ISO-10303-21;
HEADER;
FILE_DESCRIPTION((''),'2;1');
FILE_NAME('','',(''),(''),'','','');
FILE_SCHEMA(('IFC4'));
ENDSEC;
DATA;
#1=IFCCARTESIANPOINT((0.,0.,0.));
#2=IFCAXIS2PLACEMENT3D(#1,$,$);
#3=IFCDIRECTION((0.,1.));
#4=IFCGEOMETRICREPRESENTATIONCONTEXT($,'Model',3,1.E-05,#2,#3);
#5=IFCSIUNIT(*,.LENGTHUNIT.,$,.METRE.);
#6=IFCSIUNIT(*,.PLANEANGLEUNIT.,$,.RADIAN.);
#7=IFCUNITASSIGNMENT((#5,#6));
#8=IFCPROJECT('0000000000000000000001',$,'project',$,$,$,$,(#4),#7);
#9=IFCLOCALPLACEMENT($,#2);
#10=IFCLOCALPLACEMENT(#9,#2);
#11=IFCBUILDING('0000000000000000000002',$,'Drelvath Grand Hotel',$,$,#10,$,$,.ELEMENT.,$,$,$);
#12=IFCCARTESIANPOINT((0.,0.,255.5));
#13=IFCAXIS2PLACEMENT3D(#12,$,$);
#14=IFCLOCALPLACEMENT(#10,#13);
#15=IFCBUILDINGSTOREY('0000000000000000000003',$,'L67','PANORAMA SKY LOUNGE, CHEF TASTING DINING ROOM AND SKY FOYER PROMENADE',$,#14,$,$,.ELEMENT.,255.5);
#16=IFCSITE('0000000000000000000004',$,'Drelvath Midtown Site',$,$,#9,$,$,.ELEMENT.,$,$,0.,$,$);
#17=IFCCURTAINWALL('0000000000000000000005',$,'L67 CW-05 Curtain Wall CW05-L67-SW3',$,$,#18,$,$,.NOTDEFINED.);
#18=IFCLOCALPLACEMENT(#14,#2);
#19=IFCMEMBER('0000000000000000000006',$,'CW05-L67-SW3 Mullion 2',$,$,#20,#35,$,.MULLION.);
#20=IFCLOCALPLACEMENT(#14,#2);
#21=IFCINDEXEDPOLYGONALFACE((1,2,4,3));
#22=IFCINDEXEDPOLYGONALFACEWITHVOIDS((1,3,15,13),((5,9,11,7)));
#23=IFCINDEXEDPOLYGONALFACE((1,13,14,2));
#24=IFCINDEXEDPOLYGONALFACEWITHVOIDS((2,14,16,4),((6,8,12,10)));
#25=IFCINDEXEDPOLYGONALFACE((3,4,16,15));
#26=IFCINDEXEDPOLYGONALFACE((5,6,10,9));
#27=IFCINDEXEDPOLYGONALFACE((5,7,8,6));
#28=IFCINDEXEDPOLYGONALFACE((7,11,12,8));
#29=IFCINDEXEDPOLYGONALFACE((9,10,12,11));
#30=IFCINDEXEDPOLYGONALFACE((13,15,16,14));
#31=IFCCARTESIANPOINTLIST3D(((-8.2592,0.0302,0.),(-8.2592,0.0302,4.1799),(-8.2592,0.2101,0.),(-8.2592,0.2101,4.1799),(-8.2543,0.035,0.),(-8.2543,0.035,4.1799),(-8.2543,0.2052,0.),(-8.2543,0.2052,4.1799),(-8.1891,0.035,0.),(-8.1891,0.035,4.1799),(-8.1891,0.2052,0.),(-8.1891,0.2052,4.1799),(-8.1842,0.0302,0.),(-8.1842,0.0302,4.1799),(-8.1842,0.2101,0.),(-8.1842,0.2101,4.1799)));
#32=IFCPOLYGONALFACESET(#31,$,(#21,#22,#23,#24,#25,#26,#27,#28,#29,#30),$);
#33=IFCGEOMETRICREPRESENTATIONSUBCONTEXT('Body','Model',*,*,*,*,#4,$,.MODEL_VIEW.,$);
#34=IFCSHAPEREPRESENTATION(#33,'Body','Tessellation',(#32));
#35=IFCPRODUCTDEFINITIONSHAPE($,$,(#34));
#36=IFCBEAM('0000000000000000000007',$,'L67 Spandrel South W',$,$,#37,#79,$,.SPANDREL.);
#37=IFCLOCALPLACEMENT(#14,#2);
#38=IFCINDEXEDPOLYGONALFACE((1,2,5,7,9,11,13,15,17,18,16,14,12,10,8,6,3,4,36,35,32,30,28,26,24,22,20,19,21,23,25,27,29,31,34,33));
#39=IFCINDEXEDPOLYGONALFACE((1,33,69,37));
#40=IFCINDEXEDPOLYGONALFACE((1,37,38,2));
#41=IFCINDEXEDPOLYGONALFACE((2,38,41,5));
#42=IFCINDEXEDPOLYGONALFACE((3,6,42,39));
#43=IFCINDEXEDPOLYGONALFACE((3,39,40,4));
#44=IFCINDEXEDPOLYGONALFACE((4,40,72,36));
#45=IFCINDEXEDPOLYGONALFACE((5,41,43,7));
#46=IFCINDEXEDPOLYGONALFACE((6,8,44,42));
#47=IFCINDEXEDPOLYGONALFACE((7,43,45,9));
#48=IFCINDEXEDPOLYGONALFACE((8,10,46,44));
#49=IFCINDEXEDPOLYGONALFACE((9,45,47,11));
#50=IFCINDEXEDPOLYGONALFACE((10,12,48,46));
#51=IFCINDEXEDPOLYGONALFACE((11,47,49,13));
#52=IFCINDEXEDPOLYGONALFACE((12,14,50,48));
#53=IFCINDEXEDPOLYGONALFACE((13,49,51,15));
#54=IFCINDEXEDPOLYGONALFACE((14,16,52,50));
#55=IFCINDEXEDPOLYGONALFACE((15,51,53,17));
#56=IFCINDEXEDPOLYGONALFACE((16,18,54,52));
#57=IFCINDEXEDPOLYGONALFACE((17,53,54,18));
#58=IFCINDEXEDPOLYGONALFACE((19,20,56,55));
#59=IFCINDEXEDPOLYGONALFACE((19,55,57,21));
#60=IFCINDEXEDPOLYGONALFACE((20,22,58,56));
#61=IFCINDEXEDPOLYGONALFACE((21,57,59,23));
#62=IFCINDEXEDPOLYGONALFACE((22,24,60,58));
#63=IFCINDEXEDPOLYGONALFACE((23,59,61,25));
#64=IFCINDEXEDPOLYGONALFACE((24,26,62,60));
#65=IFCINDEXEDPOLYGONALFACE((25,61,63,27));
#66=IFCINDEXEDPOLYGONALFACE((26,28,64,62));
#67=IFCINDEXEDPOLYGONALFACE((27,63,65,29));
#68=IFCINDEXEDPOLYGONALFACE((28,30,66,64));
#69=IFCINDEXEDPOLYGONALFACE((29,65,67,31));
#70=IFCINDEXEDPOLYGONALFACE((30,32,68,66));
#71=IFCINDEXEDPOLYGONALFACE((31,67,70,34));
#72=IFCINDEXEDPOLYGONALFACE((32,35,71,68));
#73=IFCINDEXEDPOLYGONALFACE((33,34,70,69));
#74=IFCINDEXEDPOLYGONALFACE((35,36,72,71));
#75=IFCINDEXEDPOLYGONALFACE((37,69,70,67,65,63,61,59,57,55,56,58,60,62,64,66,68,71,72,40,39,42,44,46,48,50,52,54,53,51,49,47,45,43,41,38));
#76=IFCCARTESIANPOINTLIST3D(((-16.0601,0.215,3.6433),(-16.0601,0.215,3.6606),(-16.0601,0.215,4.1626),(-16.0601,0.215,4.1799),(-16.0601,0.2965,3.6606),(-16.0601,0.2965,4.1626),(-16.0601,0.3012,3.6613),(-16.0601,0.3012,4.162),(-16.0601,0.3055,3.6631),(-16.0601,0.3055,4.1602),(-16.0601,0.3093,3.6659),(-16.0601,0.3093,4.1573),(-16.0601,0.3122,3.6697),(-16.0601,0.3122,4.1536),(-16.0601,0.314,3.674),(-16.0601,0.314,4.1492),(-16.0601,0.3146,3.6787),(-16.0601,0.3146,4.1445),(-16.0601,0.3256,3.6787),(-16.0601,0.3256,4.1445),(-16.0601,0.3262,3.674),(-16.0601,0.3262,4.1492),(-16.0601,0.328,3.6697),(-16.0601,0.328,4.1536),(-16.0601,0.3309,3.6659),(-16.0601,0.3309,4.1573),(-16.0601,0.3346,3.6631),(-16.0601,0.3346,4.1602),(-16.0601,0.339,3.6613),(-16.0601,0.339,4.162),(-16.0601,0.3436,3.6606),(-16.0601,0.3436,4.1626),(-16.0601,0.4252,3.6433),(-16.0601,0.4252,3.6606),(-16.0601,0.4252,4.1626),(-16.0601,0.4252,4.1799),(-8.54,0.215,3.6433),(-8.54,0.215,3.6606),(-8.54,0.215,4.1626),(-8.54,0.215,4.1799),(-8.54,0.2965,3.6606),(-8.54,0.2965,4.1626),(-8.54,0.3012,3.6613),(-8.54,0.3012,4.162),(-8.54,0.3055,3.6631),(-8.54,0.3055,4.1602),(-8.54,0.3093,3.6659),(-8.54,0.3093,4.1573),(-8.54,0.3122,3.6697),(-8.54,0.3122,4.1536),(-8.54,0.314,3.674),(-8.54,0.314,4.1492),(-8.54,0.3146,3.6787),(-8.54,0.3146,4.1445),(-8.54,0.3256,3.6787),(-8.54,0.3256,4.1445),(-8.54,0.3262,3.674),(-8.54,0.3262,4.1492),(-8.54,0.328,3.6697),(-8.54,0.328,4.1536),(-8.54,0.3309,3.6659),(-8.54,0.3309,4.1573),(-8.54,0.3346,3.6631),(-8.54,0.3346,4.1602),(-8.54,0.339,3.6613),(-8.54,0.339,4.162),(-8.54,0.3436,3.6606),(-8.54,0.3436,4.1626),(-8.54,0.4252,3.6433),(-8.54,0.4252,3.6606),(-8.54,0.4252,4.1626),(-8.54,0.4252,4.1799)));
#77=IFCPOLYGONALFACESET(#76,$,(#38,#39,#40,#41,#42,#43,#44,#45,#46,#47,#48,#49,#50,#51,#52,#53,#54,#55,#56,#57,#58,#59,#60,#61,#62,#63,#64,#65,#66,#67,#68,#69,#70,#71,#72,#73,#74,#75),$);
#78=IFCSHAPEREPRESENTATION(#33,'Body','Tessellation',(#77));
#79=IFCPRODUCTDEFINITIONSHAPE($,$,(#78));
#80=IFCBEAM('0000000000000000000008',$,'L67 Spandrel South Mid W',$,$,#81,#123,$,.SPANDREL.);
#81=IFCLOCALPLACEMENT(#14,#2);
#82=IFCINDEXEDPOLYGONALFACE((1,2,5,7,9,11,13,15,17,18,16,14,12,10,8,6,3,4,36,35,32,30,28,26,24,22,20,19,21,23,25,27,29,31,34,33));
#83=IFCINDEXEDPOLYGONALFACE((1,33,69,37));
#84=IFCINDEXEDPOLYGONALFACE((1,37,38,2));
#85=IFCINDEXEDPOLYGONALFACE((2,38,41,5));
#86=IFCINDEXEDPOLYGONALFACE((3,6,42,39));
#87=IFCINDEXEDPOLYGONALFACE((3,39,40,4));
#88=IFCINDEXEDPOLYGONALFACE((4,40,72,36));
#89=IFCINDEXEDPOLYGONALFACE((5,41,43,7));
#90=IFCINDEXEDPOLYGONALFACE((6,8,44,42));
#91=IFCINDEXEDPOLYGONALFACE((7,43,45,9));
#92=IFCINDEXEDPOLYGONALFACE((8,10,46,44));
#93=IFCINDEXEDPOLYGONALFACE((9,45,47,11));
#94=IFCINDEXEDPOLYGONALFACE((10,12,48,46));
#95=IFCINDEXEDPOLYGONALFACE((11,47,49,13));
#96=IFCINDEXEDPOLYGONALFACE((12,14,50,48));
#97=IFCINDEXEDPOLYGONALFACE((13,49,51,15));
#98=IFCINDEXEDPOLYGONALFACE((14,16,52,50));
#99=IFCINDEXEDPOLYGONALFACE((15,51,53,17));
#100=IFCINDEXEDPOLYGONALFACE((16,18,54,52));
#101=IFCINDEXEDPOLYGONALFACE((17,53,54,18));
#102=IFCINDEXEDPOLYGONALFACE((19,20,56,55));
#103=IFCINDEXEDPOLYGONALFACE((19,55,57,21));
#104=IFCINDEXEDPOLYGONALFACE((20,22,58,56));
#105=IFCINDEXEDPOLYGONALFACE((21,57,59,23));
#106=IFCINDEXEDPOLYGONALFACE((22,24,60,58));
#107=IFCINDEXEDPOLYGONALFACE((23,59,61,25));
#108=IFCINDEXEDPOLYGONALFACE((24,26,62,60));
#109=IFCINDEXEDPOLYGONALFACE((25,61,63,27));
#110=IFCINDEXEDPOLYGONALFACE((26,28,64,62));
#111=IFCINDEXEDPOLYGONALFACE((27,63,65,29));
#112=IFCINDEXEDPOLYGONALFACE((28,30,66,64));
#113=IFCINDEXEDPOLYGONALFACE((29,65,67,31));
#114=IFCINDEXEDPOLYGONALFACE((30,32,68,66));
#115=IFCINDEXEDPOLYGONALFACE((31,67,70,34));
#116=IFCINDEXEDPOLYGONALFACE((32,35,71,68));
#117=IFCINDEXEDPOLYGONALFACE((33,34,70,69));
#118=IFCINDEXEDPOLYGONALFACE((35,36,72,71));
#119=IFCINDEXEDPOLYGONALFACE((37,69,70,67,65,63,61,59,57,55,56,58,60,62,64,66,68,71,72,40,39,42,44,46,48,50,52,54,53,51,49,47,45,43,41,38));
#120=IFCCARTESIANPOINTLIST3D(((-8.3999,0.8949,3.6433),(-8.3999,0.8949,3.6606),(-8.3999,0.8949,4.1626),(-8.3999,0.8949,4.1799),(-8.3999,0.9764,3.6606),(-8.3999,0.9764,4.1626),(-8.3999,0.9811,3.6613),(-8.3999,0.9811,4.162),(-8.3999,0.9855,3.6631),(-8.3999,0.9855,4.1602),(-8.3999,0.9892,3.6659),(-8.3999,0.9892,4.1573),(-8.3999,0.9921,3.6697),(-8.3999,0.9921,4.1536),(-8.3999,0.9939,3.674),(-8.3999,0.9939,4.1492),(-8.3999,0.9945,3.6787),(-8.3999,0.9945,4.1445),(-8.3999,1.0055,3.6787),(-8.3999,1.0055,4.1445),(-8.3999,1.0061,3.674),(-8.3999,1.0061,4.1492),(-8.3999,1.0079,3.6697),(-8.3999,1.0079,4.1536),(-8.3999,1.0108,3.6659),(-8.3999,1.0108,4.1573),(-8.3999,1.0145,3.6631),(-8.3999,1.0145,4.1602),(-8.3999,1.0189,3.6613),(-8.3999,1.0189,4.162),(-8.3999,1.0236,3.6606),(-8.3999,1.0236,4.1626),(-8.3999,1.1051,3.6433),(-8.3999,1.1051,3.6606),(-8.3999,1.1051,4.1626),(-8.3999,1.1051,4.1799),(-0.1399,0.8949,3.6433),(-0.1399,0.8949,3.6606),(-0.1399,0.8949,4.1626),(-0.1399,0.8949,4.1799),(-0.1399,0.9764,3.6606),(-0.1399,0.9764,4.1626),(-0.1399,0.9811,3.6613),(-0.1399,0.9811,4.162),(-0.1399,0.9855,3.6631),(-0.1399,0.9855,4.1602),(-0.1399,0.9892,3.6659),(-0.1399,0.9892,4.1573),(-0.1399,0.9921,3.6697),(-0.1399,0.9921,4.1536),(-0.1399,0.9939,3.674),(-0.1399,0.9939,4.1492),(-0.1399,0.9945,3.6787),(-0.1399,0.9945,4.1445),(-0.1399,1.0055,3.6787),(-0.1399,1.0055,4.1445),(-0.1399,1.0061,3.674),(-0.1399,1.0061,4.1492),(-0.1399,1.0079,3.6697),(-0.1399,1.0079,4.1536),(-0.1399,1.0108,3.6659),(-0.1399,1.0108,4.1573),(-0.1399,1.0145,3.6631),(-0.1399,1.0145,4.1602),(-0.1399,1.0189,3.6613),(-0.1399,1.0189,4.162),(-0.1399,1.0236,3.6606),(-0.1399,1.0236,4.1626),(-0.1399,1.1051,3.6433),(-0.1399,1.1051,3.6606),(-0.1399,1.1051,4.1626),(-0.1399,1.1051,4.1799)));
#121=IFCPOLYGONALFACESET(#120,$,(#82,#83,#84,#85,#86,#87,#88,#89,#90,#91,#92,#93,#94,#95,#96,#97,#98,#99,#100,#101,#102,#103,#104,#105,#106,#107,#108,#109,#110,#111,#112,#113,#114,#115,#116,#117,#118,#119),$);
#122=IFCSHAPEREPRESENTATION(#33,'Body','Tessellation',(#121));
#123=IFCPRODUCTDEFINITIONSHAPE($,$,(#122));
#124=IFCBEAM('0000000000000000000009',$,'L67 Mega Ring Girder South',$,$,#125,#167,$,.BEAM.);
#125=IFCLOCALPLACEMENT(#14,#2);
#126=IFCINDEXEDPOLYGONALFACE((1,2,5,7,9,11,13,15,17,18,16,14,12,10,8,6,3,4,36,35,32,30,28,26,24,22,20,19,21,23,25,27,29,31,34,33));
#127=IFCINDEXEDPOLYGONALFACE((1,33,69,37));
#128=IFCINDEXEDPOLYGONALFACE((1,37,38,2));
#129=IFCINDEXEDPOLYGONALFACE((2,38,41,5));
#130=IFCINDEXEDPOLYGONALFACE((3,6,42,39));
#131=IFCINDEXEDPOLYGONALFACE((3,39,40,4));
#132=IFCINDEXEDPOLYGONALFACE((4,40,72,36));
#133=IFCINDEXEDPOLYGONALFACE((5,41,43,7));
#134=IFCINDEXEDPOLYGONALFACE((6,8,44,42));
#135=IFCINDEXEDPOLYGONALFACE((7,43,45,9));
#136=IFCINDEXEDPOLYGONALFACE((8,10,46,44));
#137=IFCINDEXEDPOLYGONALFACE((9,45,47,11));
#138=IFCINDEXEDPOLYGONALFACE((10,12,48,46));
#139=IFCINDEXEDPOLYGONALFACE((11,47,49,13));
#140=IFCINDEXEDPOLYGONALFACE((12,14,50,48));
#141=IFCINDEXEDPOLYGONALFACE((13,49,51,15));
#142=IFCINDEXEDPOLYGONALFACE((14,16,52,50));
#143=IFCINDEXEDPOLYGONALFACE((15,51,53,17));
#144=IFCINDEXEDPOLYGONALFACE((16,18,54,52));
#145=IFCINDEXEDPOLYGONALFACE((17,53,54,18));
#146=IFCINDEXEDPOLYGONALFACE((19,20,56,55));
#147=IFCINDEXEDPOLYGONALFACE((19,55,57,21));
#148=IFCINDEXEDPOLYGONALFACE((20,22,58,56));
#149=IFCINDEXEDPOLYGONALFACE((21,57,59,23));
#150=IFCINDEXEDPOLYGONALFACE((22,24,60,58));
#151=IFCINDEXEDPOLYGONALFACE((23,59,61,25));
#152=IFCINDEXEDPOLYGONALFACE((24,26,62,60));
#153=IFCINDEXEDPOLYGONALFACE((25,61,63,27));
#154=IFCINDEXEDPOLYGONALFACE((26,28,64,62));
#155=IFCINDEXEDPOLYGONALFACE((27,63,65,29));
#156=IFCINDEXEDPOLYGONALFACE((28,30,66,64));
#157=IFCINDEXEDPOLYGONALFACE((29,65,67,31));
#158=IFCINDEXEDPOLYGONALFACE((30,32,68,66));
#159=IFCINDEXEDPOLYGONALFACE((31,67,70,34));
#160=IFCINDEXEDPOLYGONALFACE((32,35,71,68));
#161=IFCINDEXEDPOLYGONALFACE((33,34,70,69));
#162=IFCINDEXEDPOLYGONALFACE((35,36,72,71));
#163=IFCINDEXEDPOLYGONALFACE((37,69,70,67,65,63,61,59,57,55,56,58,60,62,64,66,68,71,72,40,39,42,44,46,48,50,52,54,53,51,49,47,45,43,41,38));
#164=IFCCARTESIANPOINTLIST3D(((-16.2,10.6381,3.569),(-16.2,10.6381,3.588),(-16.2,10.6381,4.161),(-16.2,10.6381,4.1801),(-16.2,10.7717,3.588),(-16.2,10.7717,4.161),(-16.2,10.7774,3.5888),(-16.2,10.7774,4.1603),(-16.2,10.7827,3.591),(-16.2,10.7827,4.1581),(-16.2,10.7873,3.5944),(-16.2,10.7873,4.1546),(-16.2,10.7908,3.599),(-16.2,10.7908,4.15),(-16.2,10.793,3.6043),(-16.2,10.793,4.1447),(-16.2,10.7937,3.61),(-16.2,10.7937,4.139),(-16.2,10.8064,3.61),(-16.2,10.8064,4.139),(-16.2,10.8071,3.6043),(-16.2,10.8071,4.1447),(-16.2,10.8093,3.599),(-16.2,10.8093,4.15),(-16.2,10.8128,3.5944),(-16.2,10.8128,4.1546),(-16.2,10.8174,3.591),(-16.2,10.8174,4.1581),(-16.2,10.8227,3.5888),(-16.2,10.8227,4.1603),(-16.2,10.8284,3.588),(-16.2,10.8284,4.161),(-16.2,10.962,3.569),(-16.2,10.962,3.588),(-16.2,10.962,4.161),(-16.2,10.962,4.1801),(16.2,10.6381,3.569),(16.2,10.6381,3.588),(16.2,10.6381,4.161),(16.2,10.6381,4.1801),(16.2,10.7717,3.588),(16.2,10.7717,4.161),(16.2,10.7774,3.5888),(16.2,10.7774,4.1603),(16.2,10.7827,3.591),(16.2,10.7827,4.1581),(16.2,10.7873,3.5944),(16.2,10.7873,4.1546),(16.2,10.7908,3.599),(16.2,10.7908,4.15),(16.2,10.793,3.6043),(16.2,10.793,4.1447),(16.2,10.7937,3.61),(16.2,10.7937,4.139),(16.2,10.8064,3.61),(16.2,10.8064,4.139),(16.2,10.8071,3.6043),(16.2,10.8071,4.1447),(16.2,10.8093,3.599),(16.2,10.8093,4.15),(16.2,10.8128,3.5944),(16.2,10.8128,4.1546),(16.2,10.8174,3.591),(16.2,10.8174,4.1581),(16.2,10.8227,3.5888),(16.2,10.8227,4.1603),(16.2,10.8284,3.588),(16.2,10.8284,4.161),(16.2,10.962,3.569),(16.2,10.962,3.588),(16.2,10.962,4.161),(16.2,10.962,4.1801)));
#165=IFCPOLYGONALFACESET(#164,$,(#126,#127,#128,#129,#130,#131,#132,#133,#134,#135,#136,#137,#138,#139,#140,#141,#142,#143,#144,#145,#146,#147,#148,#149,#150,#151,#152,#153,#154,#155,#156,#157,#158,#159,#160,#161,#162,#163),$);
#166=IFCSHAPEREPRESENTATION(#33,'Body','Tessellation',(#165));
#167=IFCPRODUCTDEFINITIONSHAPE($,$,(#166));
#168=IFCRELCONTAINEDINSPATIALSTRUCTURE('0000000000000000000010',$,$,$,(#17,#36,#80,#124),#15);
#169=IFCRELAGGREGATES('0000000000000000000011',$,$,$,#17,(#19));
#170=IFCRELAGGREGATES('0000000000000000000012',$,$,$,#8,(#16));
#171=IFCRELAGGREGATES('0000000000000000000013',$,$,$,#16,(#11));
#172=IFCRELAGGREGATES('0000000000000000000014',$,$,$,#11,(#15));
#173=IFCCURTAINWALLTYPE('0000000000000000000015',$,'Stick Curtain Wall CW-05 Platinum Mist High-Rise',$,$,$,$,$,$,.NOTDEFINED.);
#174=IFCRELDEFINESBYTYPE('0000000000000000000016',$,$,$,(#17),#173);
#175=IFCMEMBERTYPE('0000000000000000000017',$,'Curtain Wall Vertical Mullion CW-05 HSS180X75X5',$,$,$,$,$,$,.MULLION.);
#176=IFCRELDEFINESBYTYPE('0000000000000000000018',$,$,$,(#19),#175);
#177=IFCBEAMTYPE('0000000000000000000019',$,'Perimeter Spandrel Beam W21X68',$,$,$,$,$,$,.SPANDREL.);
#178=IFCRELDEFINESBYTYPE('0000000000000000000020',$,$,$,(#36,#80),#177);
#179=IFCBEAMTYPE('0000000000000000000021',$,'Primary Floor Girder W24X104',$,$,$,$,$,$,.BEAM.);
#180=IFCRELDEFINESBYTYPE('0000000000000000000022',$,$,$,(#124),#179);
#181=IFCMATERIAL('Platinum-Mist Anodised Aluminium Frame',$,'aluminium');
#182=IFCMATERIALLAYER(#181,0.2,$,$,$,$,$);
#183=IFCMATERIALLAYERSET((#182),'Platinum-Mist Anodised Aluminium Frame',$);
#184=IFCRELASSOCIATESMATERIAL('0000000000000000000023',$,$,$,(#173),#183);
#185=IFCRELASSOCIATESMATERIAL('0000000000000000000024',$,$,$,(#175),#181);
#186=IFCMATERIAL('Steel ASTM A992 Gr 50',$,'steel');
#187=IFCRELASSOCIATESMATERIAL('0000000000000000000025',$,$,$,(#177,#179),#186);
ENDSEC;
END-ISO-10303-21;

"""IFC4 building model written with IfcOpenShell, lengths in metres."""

from ifc_helpers import new_model, si_unit, direction, frame, origin, origin_2d, place, context, subcontext, project, spatial, hollow_rectangle, i_section, extrude, material, layer, layer_set, material_profile, profile_set, type_object, element, aggregate, save


model = new_model("IFC4")

# Units and contexts
model_context = context("Model", 3, precision=1e-05, world=origin(), true_north=direction((0.0, 1.0)))
body_context = subcontext(model_context, "Body", "Model", "MODEL_VIEW")
ifc_project = project(units=[si_unit("LENGTHUNIT", "METRE"), si_unit("PLANEANGLEUNIT", "RADIAN")], contexts=[model_context])

# Site, building, storey
site_placement = place(None, origin())
site = spatial("IfcSite", under=ifc_project, at=site_placement, Name="Drelvath Midtown Site", CompositionType="ELEMENT", RefElevation=0.0)
building_placement = place(site_placement, origin())
building = spatial("IfcBuilding", under=site, at=building_placement, Name="Drelvath Grand Hotel", CompositionType="ELEMENT")
storey_placement = place(building_placement, frame((0.0, 0.0, 255.5)))
storey = spatial("IfcBuildingStorey", under=building, at=storey_placement, Name="L67", Description="PANORAMA SKY LOUNGE, CHEF TASTING DINING ROOM AND SKY FOYER PROMENADE", CompositionType="ELEMENT", Elevation=255.5)

# Curtain wall
ifc_material_1 = material(Name="Platinum-Mist Anodised Aluminium Frame", Category="aluminium")
ifc_layer_1 = layer(ifc_material_1, 0.2)
ifc_layer_set_1 = layer_set([ifc_layer_1], Name="Platinum-Mist Anodised Aluminium Frame")
curtain_wall_type = type_object("IfcCurtainWallType", Name="Stick Curtain Wall CW-05 Platinum Mist High-Rise", PredefinedType="NOTDEFINED", material=ifc_layer_set_1)
curtain_wall_1_placement = place(storey_placement, origin())
curtain_wall_1 = element("IfcCurtainWall", 1, at=curtain_wall_1_placement, inside=storey, type_object=curtain_wall_type, Name="L67 CW-05 Curtain Wall CW05-L67-SW3", PredefinedType="NOTDEFINED")

# Member
ifc_material_profile_1 = material_profile(ifc_material_1, hollow_rectangle(XDim=0.075, YDim=0.1799, WallThickness=0.0049, at=origin_2d()), Name="HSS180X75X5")
ifc_profile_set_1 = profile_set([ifc_material_profile_1], Name="Platinum-Mist Anodised Aluminium Frame")
member_type_1 = type_object("IfcMemberType", Name="Curtain Wall Vertical Mullion CW-05 HSS180X75X5", PredefinedType="MULLION", material=ifc_profile_set_1)
member_1_placement = place(storey_placement, frame((-8.2217, 0.1201, 0.0), z_axis=(0.0, 0.0, 1.0), x_axis=(1.0, 0.0, 0.0)))
member_1 = element("IfcMember", 2, at=member_1_placement, type_object=member_type_1, Name="CW05-L67-SW3 Mullion 2", PredefinedType="MULLION", context=body_context, shape_type="SweptSolid", body=[
    extrude(hollow_rectangle(XDim=0.075, YDim=0.1799, WallThickness=0.0049, at=origin_2d()), origin(), (0.0, 0.0, 1.0), 4.1799),
])

# Beams
ifc_material_2 = material(Name="Steel ASTM A992 Gr 50", Category="steel")
ifc_material_profile_2 = material_profile(ifc_material_2, i_section(OverallWidth=0.2102, OverallDepth=0.5366, WebThickness=0.011, FlangeThickness=0.0173, FilletRadius=0.0181, at=origin_2d()), Name="W21X68")
ifc_profile_set_2 = profile_set([ifc_material_profile_2], Name="Steel ASTM A992 Gr 50")
beam_type_1 = type_object("IfcBeamType", Name="Perimeter Spandrel Beam W21X68", PredefinedType="SPANDREL", material=ifc_profile_set_2)
beam_1_placement = place(storey_placement, frame((-16.0601, 0.3201, 3.9116), z_axis=(1.0, 0.0, 0.0), x_axis=(0.0, 1.0, 0.0)))
element("IfcBeam", 3, at=beam_1_placement, inside=storey, type_object=beam_type_1, Name="L67 Spandrel South W", PredefinedType="SPANDREL", context=body_context, shape_type="SweptSolid", body=[
    extrude(i_section(OverallWidth=0.2102, OverallDepth=0.5366, WebThickness=0.011, FlangeThickness=0.0173, FilletRadius=0.0181, at=origin_2d()), origin(), (0.0, 0.0, 1.0), 7.52),
])
beam_2_placement = place(storey_placement, frame((-8.3999, 1.0, 3.9116), z_axis=(1.0, 0.0, 0.0), x_axis=(0.0, 1.0, 0.0)))
element("IfcBeam", 4, at=beam_2_placement, inside=storey, type_object=beam_type_1, Name="L67 Spandrel South Mid W", PredefinedType="SPANDREL", context=body_context, shape_type="SweptSolid", body=[
    extrude(i_section(OverallWidth=0.2102, OverallDepth=0.5366, WebThickness=0.011, FlangeThickness=0.0173, FilletRadius=0.0181, at=origin_2d()), origin(), (0.0, 0.0, 1.0), 8.26),
])
ifc_material_profile_3 = material_profile(ifc_material_2, i_section(OverallWidth=0.324, OverallDepth=0.6111, WebThickness=0.0127, FlangeThickness=0.019, FilletRadius=0.022, at=origin_2d()), Name="W24X104")
ifc_profile_set_3 = profile_set([ifc_material_profile_3], Name="Steel ASTM A992 Gr 50")
beam_type_2 = type_object("IfcBeamType", Name="Primary Floor Girder W24X104", PredefinedType="BEAM", material=ifc_profile_set_3)
beam_3_placement = place(storey_placement, frame((-16.2, 10.8, 3.8745), z_axis=(1.0, 0.0, 0.0), x_axis=(0.0, 1.0, 0.0)))
element("IfcBeam", 5, at=beam_3_placement, inside=storey, type_object=beam_type_2, Name="L67 Mega Ring Girder South", PredefinedType="BEAM", context=body_context, shape_type="SweptSolid", body=[
    extrude(i_section(OverallWidth=0.324, OverallDepth=0.6111, WebThickness=0.0127, FlangeThickness=0.019, FilletRadius=0.022, at=origin_2d()), origin(), (0.0, 0.0, 1.0), 32.3999),
])

aggregate(curtain_wall_1, [member_1])

save(model, "model.ifc")
